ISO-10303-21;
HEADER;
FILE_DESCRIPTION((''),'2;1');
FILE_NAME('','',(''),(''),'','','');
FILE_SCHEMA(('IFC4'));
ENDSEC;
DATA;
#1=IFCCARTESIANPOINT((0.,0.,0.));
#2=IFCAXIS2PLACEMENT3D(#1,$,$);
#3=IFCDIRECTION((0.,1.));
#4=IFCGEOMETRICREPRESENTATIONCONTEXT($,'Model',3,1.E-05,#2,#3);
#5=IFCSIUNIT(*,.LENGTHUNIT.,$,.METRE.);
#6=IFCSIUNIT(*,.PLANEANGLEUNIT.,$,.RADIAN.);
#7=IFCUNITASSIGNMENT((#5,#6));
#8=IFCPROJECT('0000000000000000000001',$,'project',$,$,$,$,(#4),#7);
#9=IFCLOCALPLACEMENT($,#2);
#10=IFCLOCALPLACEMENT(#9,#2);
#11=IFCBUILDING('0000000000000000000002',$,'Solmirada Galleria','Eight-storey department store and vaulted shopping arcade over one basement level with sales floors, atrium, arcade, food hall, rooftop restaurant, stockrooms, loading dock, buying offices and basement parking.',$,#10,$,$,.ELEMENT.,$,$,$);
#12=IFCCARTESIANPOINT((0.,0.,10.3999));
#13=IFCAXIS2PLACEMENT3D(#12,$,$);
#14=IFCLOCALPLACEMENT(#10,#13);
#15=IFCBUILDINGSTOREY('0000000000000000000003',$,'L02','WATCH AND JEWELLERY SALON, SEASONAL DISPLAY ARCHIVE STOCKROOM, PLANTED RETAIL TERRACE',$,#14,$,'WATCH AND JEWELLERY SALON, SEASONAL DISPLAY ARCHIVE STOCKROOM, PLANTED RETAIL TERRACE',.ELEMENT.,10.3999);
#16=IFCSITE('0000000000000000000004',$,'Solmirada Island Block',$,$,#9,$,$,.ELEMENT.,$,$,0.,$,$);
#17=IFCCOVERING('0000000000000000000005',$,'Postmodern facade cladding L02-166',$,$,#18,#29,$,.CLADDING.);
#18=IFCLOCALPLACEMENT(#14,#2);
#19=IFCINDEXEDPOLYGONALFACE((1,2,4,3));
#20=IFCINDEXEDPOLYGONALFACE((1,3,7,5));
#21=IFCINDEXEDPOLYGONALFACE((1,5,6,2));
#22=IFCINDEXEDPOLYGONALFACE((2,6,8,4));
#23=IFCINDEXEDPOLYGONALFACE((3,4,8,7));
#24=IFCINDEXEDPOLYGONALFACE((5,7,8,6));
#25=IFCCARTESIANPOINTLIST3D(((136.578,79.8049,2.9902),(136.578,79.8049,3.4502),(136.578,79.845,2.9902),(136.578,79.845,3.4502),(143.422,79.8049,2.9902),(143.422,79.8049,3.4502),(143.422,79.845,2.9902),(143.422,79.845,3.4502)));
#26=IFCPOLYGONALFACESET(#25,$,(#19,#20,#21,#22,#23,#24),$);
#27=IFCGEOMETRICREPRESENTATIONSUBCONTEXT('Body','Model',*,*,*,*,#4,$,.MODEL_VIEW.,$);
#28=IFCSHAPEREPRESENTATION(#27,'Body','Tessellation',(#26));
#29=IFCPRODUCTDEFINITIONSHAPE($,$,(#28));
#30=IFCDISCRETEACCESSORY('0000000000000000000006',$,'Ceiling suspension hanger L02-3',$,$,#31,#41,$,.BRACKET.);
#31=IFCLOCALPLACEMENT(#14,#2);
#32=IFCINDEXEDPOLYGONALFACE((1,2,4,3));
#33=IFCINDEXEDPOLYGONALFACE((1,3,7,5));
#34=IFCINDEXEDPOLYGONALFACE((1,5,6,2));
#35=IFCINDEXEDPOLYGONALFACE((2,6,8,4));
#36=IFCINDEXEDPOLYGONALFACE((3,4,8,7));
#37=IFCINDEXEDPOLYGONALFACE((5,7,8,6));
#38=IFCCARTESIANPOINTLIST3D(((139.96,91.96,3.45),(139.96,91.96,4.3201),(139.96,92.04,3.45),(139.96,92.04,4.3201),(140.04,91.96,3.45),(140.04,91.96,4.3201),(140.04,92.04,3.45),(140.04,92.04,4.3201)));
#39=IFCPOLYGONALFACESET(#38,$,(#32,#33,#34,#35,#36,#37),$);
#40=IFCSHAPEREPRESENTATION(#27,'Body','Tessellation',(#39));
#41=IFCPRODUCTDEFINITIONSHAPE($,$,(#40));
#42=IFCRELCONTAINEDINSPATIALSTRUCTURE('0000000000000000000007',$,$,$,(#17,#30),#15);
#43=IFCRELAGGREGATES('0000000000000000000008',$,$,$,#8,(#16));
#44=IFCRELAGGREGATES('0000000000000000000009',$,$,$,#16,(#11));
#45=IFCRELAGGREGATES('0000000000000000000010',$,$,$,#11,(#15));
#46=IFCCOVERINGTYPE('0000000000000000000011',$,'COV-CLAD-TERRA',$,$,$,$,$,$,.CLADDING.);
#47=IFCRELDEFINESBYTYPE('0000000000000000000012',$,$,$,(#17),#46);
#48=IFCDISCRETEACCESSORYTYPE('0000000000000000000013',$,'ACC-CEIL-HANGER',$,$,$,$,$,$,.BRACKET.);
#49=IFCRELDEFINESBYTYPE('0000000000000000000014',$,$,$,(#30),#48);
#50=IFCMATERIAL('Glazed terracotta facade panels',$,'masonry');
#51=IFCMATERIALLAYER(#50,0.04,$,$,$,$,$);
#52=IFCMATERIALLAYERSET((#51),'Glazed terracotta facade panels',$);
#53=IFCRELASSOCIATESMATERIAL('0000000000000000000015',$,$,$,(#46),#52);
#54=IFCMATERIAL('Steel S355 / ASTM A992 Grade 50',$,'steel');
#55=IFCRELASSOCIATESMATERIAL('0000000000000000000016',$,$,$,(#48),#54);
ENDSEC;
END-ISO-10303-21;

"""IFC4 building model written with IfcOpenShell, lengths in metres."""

from ifc_helpers import new_model, si_unit, direction, frame, origin, origin_2d, place, context, subcontext, project, spatial, rectangle, extrude, material, layer, layer_set, type_object, element, save


model = new_model("IFC4")

# Units and contexts
model_context = context("Model", 3, precision=1e-05, world=origin(), true_north=direction((0.0, 1.0)))
body_context = subcontext(model_context, "Body", "Model", "MODEL_VIEW")
ifc_project = project(units=[si_unit("LENGTHUNIT", "METRE"), si_unit("PLANEANGLEUNIT", "RADIAN")], contexts=[model_context])

# Site, building, storey
site_placement = place(None, origin())
site = spatial("IfcSite", under=ifc_project, at=site_placement, Name="Solmirada Island Block", CompositionType="ELEMENT", RefElevation=0.0)
building_placement = place(site_placement, origin())
building = spatial("IfcBuilding", under=site, at=building_placement, Name="Solmirada Galleria", Description="Eight-storey department store and vaulted shopping arcade over one basement level with sales floors, atrium, arcade, food hall, rooftop restaurant, stockrooms, loading dock, buying offices and basement parking.", CompositionType="ELEMENT")
storey_placement = place(building_placement, frame((0.0, 0.0, 10.3999)))
storey = spatial("IfcBuildingStorey", under=building, at=storey_placement, Name="L02", Description="WATCH AND JEWELLERY SALON, SEASONAL DISPLAY ARCHIVE STOCKROOM, PLANTED RETAIL TERRACE", LongName="WATCH AND JEWELLERY SALON, SEASONAL DISPLAY ARCHIVE STOCKROOM, PLANTED RETAIL TERRACE", CompositionType="ELEMENT", Elevation=10.3999)

# Shared definitions
ifc_material_1 = material(Name="Steel S355 / ASTM A992 Grade 50", Category="steel")

# Covering
ifc_material_2 = material(Name="Glazed terracotta facade panels", Category="masonry")
ifc_layer_1 = layer(ifc_material_2, 0.04)
ifc_layer_set_1 = layer_set([ifc_layer_1], Name="Glazed terracotta facade panels")
covering_type_1 = type_object("IfcCoveringType", Name="COV-CLAD-TERRA", PredefinedType="CLADDING", material=ifc_layer_set_1)
covering_1_placement = place(storey_placement, frame((140.0, 79.825, 2.9902), z_axis=(0.0, 0.0, 1.0), x_axis=(-1.0, 0.0, 0.0)))
element("IfcCovering", 1, at=covering_1_placement, inside=storey, type_object=covering_type_1, Name="Postmodern facade cladding L02-166", PredefinedType="CLADDING", context=body_context, shape_type="SweptSolid", body=[
    extrude(rectangle(XDim=6.844, YDim=0.04, at=origin_2d()), origin(), (0.0, 0.0, 1.0), 0.46),
])

# Discrete accessory
discrete_accessory_type = type_object("IfcDiscreteAccessoryType", Name="ACC-CEIL-HANGER", PredefinedType="BRACKET", material=ifc_material_1)
discrete_accessory_placement = place(storey_placement, frame((140.0, 92.0, 3.45), z_axis=(0.0, 0.0, 1.0), x_axis=(1.0, 0.0, 0.0)))
element("IfcDiscreteAccessory", 2, at=discrete_accessory_placement, inside=storey, type_object=discrete_accessory_type, Name="Ceiling suspension hanger L02-3", PredefinedType="BRACKET", context=body_context, shape_type="SweptSolid", body=[
    extrude(rectangle(XDim=0.0801, YDim=0.0801, at=origin_2d()), origin(), (0.0, 0.0, 1.0), 0.8701),
])

save(model, "model.ifc")
